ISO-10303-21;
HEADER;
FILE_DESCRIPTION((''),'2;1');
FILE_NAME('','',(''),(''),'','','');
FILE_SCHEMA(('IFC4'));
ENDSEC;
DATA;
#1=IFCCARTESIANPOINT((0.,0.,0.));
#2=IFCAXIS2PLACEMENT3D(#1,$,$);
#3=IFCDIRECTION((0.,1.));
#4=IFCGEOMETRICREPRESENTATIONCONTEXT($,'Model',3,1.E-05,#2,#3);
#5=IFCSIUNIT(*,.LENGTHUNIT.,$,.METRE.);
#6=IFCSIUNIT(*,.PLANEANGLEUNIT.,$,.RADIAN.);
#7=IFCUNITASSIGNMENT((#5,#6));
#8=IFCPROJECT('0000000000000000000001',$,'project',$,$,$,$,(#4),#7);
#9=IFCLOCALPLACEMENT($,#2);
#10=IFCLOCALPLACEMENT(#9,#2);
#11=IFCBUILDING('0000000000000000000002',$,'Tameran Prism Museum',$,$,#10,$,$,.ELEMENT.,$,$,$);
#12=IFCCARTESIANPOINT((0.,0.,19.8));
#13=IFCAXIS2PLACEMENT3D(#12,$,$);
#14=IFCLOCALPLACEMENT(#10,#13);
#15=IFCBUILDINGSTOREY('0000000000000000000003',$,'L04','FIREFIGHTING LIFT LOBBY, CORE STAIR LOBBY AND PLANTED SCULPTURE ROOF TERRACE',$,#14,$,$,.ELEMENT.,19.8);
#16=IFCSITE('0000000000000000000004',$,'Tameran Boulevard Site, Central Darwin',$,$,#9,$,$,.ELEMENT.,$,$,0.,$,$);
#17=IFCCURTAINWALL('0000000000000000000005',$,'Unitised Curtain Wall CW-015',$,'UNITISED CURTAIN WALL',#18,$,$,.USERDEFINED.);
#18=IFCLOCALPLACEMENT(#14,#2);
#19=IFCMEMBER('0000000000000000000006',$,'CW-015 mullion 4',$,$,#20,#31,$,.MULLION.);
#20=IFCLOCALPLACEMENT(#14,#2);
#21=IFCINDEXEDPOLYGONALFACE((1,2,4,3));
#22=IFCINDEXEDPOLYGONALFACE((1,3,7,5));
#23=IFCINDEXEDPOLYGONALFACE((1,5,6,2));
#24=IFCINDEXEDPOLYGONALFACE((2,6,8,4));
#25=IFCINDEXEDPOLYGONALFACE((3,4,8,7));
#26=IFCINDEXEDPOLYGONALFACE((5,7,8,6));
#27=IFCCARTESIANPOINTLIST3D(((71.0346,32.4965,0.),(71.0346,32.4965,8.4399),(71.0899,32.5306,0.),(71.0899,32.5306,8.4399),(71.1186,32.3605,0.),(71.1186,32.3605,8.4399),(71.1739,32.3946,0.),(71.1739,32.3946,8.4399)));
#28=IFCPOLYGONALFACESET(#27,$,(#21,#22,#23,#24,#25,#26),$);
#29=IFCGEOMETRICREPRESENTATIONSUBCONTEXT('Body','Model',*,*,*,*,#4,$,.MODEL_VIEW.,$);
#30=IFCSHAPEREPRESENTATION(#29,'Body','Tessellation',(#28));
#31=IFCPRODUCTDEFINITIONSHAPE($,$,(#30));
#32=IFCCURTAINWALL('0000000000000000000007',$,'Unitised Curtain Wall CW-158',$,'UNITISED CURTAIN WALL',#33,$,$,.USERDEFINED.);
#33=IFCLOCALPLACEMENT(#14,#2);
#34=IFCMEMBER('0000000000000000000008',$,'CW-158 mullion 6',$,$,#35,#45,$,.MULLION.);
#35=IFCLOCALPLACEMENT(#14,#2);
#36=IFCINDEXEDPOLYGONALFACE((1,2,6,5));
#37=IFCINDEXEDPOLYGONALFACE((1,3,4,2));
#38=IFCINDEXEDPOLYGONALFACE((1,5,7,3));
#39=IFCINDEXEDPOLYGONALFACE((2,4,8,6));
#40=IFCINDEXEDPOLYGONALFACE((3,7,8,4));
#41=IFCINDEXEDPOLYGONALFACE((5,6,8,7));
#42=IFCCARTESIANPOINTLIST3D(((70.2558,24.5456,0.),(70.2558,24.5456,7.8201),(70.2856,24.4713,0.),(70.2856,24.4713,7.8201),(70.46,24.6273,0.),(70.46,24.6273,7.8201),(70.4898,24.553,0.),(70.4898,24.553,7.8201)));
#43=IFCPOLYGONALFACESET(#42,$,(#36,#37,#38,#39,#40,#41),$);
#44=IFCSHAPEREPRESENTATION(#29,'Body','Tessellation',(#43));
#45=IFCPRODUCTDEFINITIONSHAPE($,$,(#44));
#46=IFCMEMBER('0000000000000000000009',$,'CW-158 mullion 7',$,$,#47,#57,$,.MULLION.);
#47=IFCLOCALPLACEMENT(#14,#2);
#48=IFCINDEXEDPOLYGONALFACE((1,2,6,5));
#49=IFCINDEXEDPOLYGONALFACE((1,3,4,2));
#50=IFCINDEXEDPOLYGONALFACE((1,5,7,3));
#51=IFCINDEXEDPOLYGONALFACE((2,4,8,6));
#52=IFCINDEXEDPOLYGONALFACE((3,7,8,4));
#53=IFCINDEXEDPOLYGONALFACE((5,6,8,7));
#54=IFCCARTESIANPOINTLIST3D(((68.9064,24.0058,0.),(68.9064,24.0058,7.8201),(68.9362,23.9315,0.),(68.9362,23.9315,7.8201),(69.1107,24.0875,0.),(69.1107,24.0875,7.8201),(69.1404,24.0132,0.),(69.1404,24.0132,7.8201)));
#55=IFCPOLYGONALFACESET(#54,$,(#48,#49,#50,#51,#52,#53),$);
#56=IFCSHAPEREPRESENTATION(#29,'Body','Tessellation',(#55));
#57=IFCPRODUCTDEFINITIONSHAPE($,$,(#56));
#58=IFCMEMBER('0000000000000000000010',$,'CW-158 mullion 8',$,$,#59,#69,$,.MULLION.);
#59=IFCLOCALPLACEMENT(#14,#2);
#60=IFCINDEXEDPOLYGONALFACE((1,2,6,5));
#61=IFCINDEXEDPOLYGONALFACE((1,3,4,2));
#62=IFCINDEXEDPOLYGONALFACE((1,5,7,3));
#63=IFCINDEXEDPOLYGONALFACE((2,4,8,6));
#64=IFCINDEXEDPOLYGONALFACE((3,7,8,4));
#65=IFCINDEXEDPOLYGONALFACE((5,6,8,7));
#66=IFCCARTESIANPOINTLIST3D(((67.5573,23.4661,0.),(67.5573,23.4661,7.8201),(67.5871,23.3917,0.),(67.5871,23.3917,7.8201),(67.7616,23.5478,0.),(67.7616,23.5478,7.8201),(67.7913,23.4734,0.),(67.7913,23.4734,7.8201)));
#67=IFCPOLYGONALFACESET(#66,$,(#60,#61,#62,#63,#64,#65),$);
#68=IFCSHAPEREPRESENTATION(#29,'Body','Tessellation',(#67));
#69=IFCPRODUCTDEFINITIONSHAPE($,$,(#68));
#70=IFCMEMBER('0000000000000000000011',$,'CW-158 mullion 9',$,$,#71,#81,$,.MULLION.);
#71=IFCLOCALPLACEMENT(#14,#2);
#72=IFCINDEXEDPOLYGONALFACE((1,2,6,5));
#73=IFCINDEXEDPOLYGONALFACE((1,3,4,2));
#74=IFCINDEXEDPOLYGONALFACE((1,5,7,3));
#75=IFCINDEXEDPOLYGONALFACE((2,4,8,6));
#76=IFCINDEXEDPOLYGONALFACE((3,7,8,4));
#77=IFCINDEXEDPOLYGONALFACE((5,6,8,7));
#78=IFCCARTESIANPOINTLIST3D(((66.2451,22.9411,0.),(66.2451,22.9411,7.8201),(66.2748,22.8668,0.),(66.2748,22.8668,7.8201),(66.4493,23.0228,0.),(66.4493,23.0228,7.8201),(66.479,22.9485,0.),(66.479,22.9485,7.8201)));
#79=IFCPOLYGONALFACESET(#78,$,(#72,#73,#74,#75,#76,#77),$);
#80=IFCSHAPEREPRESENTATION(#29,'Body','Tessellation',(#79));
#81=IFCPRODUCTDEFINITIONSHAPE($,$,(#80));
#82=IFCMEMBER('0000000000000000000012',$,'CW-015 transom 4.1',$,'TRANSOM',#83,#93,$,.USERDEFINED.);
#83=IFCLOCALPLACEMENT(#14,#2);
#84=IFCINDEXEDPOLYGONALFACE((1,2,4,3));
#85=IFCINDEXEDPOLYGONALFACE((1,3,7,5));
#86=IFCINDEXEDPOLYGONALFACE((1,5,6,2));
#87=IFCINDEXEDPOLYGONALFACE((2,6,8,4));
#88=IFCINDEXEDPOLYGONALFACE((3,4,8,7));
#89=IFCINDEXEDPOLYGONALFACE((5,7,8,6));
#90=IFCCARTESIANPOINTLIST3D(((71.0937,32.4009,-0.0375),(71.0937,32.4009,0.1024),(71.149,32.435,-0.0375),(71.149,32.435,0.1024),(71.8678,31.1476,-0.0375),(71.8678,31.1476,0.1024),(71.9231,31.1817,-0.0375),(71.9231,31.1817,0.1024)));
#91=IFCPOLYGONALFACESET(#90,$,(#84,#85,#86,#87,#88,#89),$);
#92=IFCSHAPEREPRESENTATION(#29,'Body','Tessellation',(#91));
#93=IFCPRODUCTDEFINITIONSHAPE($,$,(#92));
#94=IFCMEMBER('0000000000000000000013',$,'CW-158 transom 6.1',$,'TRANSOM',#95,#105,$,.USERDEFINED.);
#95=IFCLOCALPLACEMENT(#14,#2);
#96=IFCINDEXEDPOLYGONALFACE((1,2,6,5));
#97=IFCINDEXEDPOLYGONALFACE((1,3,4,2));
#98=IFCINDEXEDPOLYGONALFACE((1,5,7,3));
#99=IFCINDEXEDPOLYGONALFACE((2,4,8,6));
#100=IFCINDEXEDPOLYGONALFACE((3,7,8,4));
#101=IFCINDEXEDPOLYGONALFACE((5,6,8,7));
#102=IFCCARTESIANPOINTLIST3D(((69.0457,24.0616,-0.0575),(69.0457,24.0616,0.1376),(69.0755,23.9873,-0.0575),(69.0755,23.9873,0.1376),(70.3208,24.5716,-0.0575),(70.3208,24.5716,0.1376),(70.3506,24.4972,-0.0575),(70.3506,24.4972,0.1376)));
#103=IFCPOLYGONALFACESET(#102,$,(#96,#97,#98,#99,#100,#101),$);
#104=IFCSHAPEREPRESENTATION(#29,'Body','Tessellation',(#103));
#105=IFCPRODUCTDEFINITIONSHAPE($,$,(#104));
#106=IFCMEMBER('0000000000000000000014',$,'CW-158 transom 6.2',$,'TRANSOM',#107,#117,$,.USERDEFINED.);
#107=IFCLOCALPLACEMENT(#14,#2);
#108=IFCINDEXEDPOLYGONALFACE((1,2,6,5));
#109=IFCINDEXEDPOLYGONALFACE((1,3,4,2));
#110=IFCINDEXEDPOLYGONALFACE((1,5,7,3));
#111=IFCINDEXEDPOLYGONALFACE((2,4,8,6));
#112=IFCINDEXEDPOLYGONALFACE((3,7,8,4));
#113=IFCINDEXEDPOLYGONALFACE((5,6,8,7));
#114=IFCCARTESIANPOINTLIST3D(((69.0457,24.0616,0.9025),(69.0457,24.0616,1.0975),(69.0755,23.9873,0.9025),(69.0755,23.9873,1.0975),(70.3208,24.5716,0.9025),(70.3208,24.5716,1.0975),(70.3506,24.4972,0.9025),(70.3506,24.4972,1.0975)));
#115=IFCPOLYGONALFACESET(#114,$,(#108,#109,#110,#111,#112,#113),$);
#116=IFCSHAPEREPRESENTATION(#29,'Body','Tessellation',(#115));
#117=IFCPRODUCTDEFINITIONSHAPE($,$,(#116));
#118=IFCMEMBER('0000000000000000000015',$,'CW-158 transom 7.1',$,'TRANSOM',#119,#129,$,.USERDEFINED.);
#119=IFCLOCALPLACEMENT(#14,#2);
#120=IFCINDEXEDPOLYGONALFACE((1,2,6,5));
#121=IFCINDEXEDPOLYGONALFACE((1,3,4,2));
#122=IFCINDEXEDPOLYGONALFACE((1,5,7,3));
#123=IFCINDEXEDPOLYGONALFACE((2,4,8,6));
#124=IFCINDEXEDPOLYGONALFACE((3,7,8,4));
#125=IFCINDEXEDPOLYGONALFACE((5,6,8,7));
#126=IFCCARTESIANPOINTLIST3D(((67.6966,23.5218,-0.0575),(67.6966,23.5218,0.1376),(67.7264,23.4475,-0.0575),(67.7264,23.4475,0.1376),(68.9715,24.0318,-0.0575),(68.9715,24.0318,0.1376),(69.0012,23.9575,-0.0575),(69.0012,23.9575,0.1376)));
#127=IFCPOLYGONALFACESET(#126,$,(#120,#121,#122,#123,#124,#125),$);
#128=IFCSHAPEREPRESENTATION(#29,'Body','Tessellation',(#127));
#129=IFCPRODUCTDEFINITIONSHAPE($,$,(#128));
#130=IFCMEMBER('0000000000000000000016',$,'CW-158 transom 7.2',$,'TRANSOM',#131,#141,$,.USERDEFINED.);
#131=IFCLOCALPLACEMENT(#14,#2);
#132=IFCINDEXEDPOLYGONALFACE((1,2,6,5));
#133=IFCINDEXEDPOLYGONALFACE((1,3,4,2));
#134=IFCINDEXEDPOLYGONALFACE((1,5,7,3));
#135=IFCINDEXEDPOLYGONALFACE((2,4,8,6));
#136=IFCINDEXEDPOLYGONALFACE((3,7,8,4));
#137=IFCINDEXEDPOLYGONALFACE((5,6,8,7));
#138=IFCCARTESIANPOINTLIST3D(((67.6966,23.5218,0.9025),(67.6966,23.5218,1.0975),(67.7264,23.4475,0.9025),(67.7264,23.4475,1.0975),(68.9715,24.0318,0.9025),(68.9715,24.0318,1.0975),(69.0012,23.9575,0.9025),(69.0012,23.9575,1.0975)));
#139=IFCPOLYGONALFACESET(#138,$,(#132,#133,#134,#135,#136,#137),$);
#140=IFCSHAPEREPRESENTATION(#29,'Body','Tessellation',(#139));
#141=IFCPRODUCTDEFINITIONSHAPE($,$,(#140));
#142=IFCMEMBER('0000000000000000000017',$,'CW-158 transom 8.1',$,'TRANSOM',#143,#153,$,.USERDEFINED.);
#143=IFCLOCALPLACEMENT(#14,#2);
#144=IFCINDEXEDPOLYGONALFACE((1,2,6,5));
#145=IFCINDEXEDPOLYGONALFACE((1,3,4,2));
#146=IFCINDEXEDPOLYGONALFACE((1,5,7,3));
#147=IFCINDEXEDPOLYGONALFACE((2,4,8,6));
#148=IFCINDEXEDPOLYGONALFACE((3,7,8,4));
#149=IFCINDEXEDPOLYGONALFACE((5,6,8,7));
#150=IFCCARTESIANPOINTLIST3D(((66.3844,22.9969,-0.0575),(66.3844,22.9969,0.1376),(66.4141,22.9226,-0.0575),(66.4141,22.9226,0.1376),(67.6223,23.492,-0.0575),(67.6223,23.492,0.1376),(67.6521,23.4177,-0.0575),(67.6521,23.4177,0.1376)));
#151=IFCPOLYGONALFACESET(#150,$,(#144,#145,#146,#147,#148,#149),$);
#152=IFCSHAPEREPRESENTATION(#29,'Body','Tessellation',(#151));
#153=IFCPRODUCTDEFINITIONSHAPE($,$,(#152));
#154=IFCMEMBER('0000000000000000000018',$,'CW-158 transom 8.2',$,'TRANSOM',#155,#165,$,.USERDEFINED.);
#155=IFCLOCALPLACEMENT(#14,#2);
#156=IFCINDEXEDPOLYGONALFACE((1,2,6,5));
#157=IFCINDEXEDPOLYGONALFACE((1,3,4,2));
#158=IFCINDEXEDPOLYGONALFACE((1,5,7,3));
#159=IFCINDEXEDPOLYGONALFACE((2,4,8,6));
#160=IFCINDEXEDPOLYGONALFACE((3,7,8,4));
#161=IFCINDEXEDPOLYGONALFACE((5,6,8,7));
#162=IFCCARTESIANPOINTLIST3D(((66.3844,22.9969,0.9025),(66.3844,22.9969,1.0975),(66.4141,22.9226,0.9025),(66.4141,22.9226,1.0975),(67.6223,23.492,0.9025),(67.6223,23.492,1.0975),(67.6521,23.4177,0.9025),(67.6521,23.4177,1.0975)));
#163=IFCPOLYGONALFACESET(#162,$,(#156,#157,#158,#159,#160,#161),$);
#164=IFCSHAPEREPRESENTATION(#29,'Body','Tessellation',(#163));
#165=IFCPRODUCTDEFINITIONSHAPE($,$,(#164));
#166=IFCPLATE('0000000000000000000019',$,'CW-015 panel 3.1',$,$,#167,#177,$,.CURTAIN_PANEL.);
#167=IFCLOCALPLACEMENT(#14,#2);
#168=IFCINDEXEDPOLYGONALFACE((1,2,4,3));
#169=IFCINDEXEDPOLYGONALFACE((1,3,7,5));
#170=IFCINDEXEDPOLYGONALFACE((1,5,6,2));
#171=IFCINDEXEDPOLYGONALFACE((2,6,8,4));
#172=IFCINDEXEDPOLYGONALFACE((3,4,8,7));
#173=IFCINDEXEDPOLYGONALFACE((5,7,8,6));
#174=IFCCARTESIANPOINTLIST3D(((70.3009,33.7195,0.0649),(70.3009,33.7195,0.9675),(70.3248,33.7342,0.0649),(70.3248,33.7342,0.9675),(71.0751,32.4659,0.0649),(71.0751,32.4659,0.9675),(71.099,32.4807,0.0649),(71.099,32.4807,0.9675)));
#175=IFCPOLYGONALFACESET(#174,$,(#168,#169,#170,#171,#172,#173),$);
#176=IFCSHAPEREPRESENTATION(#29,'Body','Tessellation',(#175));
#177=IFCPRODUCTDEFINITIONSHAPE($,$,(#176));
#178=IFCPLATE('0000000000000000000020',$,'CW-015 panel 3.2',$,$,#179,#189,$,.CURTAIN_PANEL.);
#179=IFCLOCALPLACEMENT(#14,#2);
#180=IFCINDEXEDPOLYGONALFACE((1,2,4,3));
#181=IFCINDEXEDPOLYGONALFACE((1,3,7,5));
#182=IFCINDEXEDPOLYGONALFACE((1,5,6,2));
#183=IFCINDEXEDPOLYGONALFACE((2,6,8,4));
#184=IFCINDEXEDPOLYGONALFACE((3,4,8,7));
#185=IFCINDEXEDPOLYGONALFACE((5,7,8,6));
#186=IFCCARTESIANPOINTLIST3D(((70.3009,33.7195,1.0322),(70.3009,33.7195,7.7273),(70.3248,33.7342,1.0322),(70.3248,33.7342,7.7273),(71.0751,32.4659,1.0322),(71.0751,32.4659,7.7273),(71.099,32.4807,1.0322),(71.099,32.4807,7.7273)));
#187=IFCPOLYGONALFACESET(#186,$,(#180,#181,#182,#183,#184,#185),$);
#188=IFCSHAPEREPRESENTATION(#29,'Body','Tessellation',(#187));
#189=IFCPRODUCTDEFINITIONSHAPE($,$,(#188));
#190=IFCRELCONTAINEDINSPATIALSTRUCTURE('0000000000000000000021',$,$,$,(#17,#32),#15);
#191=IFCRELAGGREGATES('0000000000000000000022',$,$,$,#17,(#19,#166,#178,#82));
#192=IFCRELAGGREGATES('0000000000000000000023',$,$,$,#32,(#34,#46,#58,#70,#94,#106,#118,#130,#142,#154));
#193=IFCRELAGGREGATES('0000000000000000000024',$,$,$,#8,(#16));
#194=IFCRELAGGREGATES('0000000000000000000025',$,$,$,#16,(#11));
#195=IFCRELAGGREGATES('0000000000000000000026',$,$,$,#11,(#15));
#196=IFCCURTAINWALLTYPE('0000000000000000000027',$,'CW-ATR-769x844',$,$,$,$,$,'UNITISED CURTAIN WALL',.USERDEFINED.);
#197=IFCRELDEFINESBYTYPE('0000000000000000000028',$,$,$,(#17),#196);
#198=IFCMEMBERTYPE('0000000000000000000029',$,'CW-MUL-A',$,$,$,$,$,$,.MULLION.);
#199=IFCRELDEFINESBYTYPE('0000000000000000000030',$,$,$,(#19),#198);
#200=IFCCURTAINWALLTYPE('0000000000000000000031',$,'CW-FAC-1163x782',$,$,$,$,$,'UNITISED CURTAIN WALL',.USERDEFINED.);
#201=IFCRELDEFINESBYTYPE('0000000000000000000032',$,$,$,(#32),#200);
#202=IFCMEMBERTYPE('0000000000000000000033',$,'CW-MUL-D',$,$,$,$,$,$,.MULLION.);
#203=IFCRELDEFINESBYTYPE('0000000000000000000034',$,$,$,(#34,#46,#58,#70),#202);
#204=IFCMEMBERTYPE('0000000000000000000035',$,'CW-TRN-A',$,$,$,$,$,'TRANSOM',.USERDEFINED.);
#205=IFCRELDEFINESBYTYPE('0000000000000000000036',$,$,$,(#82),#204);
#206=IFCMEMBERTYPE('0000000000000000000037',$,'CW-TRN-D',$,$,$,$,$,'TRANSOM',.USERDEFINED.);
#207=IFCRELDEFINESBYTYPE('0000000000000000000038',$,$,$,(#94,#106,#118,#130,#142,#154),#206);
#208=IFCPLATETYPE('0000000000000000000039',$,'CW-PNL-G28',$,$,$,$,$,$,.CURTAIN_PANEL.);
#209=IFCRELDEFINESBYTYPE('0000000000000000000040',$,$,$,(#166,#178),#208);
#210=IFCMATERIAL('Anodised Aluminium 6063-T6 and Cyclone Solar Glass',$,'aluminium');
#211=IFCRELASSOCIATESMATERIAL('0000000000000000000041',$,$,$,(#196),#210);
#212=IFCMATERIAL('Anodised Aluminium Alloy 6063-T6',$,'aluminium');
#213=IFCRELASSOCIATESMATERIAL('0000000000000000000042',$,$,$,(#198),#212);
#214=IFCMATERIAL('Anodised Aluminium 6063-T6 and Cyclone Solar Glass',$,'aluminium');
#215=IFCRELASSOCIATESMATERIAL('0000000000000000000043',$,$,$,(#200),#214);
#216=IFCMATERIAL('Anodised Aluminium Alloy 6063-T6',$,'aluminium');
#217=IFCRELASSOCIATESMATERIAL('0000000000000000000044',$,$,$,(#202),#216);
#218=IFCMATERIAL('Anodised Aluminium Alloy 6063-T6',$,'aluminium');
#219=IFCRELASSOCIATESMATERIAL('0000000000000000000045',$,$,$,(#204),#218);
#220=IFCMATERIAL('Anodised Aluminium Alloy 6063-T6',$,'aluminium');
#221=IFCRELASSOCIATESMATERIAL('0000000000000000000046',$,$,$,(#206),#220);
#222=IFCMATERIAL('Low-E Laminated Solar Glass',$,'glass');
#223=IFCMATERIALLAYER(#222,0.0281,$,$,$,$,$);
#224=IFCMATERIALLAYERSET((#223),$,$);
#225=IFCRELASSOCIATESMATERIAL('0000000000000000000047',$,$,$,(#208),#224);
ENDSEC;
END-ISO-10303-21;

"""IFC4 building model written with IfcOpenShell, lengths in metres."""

from ifc_helpers import new_model, si_unit, direction, frame, origin, origin_2d, place, context, subcontext, project, spatial, rectangle, extrude, material, layer, layer_set, material_profile, profile_set, type_object, element, aggregate, save


model = new_model("IFC4")

# Units and contexts
model_context = context("Model", 3, precision=1e-05, world=origin(), true_north=direction((0.0, 1.0)))
body_context = subcontext(model_context, "Body", "Model", "MODEL_VIEW")
ifc_project = project(units=[si_unit("LENGTHUNIT", "METRE"), si_unit("PLANEANGLEUNIT", "RADIAN")], contexts=[model_context])

# Site, building, storey
site_placement = place(None, origin())
site = spatial("IfcSite", under=ifc_project, at=site_placement, Name="Tameran Boulevard Site, Central Darwin", CompositionType="ELEMENT", RefElevation=0.0)
building_placement = place(site_placement, origin())
building = spatial("IfcBuilding", under=site, at=building_placement, Name="Tameran Prism Museum", CompositionType="ELEMENT")
storey_placement = place(building_placement, frame((0.0, 0.0, 19.8)))
storey = spatial("IfcBuildingStorey", under=building, at=storey_placement, Name="L04", Description="FIREFIGHTING LIFT LOBBY, CORE STAIR LOBBY AND PLANTED SCULPTURE ROOF TERRACE", CompositionType="ELEMENT", Elevation=19.8)

# Curtain wall, member
ifc_material_1 = material(Name="Anodised Aluminium 6063-T6 and Cyclone Solar Glass", Category="aluminium")
curtain_wall_type_1 = type_object("IfcCurtainWallType", Name="CW-ATR-769x844", ElementType="UNITISED CURTAIN WALL", PredefinedType="USERDEFINED", material=ifc_material_1)
curtain_wall_1_placement = place(storey_placement, origin())
curtain_wall_1 = element("IfcCurtainWall", 1, at=curtain_wall_1_placement, inside=storey, type_object=curtain_wall_type_1, Name="Unitised Curtain Wall CW-015", ObjectType="UNITISED CURTAIN WALL", PredefinedType="USERDEFINED")
ifc_material_2 = material(Name="Anodised Aluminium Alloy 6063-T6", Category="aluminium")
ifc_material_profile_1 = material_profile(ifc_material_2, rectangle(XDim=0.0649, YDim=0.1599, at=origin_2d()))
ifc_profile_set_1 = profile_set([ifc_material_profile_1])
member_type_1 = type_object("IfcMemberType", Name="CW-MUL-A", PredefinedType="MULLION", material=ifc_profile_set_1)
member_1_placement = place(storey_placement, frame((71.1042, 32.4456, 0.0), z_axis=(0.0, 0.0, 1.0), x_axis=(0.850791, 0.525504, 0.0)))
member_1 = element("IfcMember", 2, at=member_1_placement, type_object=member_type_1, Name="CW-015 mullion 4", PredefinedType="MULLION", context=body_context, shape_type="SweptSolid", body=[
    extrude(rectangle(XDim=0.0649, YDim=0.1599, at=origin_2d()), origin(), (0.0, 0.0, 1.0), 8.4399),
])

# Curtain wall, members
ifc_material_3 = material(Name="Anodised Aluminium 6063-T6 and Cyclone Solar Glass", Category="aluminium")
curtain_wall_type_2 = type_object("IfcCurtainWallType", Name="CW-FAC-1163x782", ElementType="UNITISED CURTAIN WALL", PredefinedType="USERDEFINED", material=ifc_material_3)
curtain_wall_2_placement = place(storey_placement, origin())
curtain_wall_2 = element("IfcCurtainWall", 3, at=curtain_wall_2_placement, inside=storey, type_object=curtain_wall_type_2, Name="Unitised Curtain Wall CW-158", ObjectType="UNITISED CURTAIN WALL", PredefinedType="USERDEFINED")
ifc_material_4 = material(Name="Anodised Aluminium Alloy 6063-T6", Category="aluminium")
ifc_material_profile_2 = material_profile(ifc_material_4, rectangle(XDim=0.0801, YDim=0.22, at=origin_2d()))
ifc_profile_set_2 = profile_set([ifc_material_profile_2])
member_type_2 = type_object("IfcMemberType", Name="CW-MUL-D", PredefinedType="MULLION", material=ifc_profile_set_2)
member_2_placement = place(storey_placement, frame((70.3728, 24.5493, 0.0), z_axis=(0.0, 0.0, 1.0), x_axis=(0.37142, -0.928465, 0.0)))
member_2 = element("IfcMember", 4, at=member_2_placement, type_object=member_type_2, Name="CW-158 mullion 6", PredefinedType="MULLION", context=body_context, shape_type="SweptSolid", body=[
    extrude(rectangle(XDim=0.0801, YDim=0.22, at=origin_2d()), origin(), (0.0, 0.0, 1.0), 7.8201),
])
member_3_placement = place(storey_placement, frame((69.0234, 24.0095, 0.0), z_axis=(0.0, 0.0, 1.0), x_axis=(0.37142, -0.928465, 0.0)))
member_3 = element("IfcMember", 5, at=member_3_placement, type_object=member_type_2, Name="CW-158 mullion 7", PredefinedType="MULLION", context=body_context, shape_type="SweptSolid", body=[
    extrude(rectangle(XDim=0.0801, YDim=0.22, at=origin_2d()), origin(), (0.0, 0.0, 1.0), 7.8201),
])
member_4_placement = place(storey_placement, frame((67.6743, 23.4697, 0.0), z_axis=(0.0, 0.0, 1.0), x_axis=(0.37142, -0.928465, 0.0)))
member_4 = element("IfcMember", 6, at=member_4_placement, type_object=member_type_2, Name="CW-158 mullion 8", PredefinedType="MULLION", context=body_context, shape_type="SweptSolid", body=[
    extrude(rectangle(XDim=0.0801, YDim=0.22, at=origin_2d()), origin(), (0.0, 0.0, 1.0), 7.8201),
])
member_5_placement = place(storey_placement, frame((66.3621, 22.9448, 0.0), z_axis=(0.0, 0.0, 1.0), x_axis=(0.37142, -0.928465, 0.0)))
member_5 = element("IfcMember", 7, at=member_5_placement, type_object=member_type_2, Name="CW-158 mullion 9", PredefinedType="MULLION", context=body_context, shape_type="SweptSolid", body=[
    extrude(rectangle(XDim=0.0801, YDim=0.22, at=origin_2d()), origin(), (0.0, 0.0, 1.0), 7.8201),
])

# Members
ifc_material_5 = material(Name="Anodised Aluminium Alloy 6063-T6", Category="aluminium")
ifc_material_profile_3 = material_profile(ifc_material_5, rectangle(XDim=0.0649, YDim=0.1399, at=origin_2d()))
ifc_profile_set_3 = profile_set([ifc_material_profile_3])
member_type_3 = type_object("IfcMemberType", Name="CW-TRN-A", ElementType="TRANSOM", PredefinedType="USERDEFINED", material=ifc_profile_set_3)
member_6_placement = place(storey_placement, frame((71.1213, 32.418, 0.0325), z_axis=(0.525493, -0.850798, 0.0), x_axis=(0.850798, 0.525493, 0.0)))
member_6 = element("IfcMember", 8, at=member_6_placement, type_object=member_type_3, Name="CW-015 transom 4.1", ObjectType="TRANSOM", PredefinedType="USERDEFINED", context=body_context, shape_type="SweptSolid", body=[
    extrude(rectangle(XDim=0.0649, YDim=0.1399, at=origin_2d()), origin(), (0.0, 0.0, 1.0), 1.4731),
])
ifc_material_6 = material(Name="Anodised Aluminium Alloy 6063-T6", Category="aluminium")
ifc_material_profile_4 = material_profile(ifc_material_6, rectangle(XDim=0.0801, YDim=0.1951, at=origin_2d()))
ifc_profile_set_4 = profile_set([ifc_material_profile_4])
member_type_4 = type_object("IfcMemberType", Name="CW-TRN-D", ElementType="TRANSOM", PredefinedType="USERDEFINED", material=ifc_profile_set_4)
member_7_placement = place(storey_placement, frame((70.3357, 24.5344, 0.04), z_axis=(-0.928489, -0.37136, 0.0), x_axis=(0.37136, -0.928489, 0.0)))
member_7 = element("IfcMember", 9, at=member_7_placement, type_object=member_type_4, Name="CW-158 transom 6.1", ObjectType="TRANSOM", PredefinedType="USERDEFINED", context=body_context, shape_type="SweptSolid", body=[
    extrude(rectangle(XDim=0.0801, YDim=0.1951, at=origin_2d()), origin(), (0.0, 0.0, 1.0), 1.3733),
])
member_8_placement = place(storey_placement, frame((70.3357, 24.5344, 1.0), z_axis=(-0.928489, -0.37136, 0.0), x_axis=(0.37136, -0.928489, 0.0)))
member_8 = element("IfcMember", 10, at=member_8_placement, type_object=member_type_4, Name="CW-158 transom 6.2", ObjectType="TRANSOM", PredefinedType="USERDEFINED", context=body_context, shape_type="SweptSolid", body=[
    extrude(rectangle(XDim=0.0801, YDim=0.1951, at=origin_2d()), origin(), (0.0, 0.0, 1.0), 1.3733),
])
member_9_placement = place(storey_placement, frame((68.9863, 23.9946, 0.04), z_axis=(-0.928464, -0.371421, 0.0), x_axis=(0.371421, -0.928464, 0.0)))
member_9 = element("IfcMember", 11, at=member_9_placement, type_object=member_type_4, Name="CW-158 transom 7.1", ObjectType="TRANSOM", PredefinedType="USERDEFINED", context=body_context, shape_type="SweptSolid", body=[
    extrude(rectangle(XDim=0.0801, YDim=0.1951, at=origin_2d()), origin(), (0.0, 0.0, 1.0), 1.373),
])
member_10_placement = place(storey_placement, frame((68.9863, 23.9946, 1.0), z_axis=(-0.928464, -0.371421, 0.0), x_axis=(0.371421, -0.928464, 0.0)))
member_10 = element("IfcMember", 12, at=member_10_placement, type_object=member_type_4, Name="CW-158 transom 7.2", ObjectType="TRANSOM", PredefinedType="USERDEFINED", context=body_context, shape_type="SweptSolid", body=[
    extrude(rectangle(XDim=0.0801, YDim=0.1951, at=origin_2d()), origin(), (0.0, 0.0, 1.0), 1.373),
])
member_11_placement = place(storey_placement, frame((67.6372, 23.4548, 0.04), z_axis=(-0.928502, -0.371328, 0.0), x_axis=(0.371328, -0.928502, 0.0)))
member_11 = element("IfcMember", 13, at=member_11_placement, type_object=member_type_4, Name="CW-158 transom 8.1", ObjectType="TRANSOM", PredefinedType="USERDEFINED", context=body_context, shape_type="SweptSolid", body=[
    extrude(rectangle(XDim=0.0801, YDim=0.1951, at=origin_2d()), origin(), (0.0, 0.0, 1.0), 1.3333),
])
member_12_placement = place(storey_placement, frame((67.6372, 23.4548, 1.0), z_axis=(-0.928502, -0.371328, 0.0), x_axis=(0.371328, -0.928502, 0.0)))
member_12 = element("IfcMember", 14, at=member_12_placement, type_object=member_type_4, Name="CW-158 transom 8.2", ObjectType="TRANSOM", PredefinedType="USERDEFINED", context=body_context, shape_type="SweptSolid", body=[
    extrude(rectangle(XDim=0.0801, YDim=0.1951, at=origin_2d()), origin(), (0.0, 0.0, 1.0), 1.3333),
])

# Plates
ifc_material_7 = material(Name="Low-E Laminated Solar Glass", Category="glass")
ifc_layer_1 = layer(ifc_material_7, 0.0281)
ifc_layer_set_1 = layer_set([ifc_layer_1])
plate_type = type_object("IfcPlateType", Name="CW-PNL-G28", PredefinedType="CURTAIN_PANEL", material=ifc_layer_set_1)
plate_1_placement = place(storey_placement, frame((70.7, 33.1001, 0.0649), z_axis=(0.0, 0.0, 1.0), x_axis=(0.525504, -0.850791, 0.0)))
plate_1 = element("IfcPlate", 15, at=plate_1_placement, type_object=plate_type, Name="CW-015 panel 3.1", PredefinedType="CURTAIN_PANEL", context=body_context, shape_type="SweptSolid", body=[
    extrude(rectangle(XDim=1.4734, YDim=0.0281, at=origin_2d()), origin(), (0.0, 0.0, 1.0), 0.9026),
])
plate_2_placement = place(storey_placement, frame((70.7, 33.1001, 1.0322), z_axis=(0.0, 0.0, 1.0), x_axis=(0.525504, -0.850791, 0.0)))
plate_2 = element("IfcPlate", 16, at=plate_2_placement, type_object=plate_type, Name="CW-015 panel 3.2", PredefinedType="CURTAIN_PANEL", context=body_context, shape_type="SweptSolid", body=[
    extrude(rectangle(XDim=1.4734, YDim=0.0281, at=origin_2d()), origin(), (0.0, 0.0, 1.0), 6.6951),
])
aggregate(curtain_wall_1, [member_1, plate_1, plate_2, member_6])
aggregate(curtain_wall_2, [member_2, member_3, member_4, member_5, member_7, member_8, member_9, member_10, member_11, member_12])

save(model, "model.ifc")
